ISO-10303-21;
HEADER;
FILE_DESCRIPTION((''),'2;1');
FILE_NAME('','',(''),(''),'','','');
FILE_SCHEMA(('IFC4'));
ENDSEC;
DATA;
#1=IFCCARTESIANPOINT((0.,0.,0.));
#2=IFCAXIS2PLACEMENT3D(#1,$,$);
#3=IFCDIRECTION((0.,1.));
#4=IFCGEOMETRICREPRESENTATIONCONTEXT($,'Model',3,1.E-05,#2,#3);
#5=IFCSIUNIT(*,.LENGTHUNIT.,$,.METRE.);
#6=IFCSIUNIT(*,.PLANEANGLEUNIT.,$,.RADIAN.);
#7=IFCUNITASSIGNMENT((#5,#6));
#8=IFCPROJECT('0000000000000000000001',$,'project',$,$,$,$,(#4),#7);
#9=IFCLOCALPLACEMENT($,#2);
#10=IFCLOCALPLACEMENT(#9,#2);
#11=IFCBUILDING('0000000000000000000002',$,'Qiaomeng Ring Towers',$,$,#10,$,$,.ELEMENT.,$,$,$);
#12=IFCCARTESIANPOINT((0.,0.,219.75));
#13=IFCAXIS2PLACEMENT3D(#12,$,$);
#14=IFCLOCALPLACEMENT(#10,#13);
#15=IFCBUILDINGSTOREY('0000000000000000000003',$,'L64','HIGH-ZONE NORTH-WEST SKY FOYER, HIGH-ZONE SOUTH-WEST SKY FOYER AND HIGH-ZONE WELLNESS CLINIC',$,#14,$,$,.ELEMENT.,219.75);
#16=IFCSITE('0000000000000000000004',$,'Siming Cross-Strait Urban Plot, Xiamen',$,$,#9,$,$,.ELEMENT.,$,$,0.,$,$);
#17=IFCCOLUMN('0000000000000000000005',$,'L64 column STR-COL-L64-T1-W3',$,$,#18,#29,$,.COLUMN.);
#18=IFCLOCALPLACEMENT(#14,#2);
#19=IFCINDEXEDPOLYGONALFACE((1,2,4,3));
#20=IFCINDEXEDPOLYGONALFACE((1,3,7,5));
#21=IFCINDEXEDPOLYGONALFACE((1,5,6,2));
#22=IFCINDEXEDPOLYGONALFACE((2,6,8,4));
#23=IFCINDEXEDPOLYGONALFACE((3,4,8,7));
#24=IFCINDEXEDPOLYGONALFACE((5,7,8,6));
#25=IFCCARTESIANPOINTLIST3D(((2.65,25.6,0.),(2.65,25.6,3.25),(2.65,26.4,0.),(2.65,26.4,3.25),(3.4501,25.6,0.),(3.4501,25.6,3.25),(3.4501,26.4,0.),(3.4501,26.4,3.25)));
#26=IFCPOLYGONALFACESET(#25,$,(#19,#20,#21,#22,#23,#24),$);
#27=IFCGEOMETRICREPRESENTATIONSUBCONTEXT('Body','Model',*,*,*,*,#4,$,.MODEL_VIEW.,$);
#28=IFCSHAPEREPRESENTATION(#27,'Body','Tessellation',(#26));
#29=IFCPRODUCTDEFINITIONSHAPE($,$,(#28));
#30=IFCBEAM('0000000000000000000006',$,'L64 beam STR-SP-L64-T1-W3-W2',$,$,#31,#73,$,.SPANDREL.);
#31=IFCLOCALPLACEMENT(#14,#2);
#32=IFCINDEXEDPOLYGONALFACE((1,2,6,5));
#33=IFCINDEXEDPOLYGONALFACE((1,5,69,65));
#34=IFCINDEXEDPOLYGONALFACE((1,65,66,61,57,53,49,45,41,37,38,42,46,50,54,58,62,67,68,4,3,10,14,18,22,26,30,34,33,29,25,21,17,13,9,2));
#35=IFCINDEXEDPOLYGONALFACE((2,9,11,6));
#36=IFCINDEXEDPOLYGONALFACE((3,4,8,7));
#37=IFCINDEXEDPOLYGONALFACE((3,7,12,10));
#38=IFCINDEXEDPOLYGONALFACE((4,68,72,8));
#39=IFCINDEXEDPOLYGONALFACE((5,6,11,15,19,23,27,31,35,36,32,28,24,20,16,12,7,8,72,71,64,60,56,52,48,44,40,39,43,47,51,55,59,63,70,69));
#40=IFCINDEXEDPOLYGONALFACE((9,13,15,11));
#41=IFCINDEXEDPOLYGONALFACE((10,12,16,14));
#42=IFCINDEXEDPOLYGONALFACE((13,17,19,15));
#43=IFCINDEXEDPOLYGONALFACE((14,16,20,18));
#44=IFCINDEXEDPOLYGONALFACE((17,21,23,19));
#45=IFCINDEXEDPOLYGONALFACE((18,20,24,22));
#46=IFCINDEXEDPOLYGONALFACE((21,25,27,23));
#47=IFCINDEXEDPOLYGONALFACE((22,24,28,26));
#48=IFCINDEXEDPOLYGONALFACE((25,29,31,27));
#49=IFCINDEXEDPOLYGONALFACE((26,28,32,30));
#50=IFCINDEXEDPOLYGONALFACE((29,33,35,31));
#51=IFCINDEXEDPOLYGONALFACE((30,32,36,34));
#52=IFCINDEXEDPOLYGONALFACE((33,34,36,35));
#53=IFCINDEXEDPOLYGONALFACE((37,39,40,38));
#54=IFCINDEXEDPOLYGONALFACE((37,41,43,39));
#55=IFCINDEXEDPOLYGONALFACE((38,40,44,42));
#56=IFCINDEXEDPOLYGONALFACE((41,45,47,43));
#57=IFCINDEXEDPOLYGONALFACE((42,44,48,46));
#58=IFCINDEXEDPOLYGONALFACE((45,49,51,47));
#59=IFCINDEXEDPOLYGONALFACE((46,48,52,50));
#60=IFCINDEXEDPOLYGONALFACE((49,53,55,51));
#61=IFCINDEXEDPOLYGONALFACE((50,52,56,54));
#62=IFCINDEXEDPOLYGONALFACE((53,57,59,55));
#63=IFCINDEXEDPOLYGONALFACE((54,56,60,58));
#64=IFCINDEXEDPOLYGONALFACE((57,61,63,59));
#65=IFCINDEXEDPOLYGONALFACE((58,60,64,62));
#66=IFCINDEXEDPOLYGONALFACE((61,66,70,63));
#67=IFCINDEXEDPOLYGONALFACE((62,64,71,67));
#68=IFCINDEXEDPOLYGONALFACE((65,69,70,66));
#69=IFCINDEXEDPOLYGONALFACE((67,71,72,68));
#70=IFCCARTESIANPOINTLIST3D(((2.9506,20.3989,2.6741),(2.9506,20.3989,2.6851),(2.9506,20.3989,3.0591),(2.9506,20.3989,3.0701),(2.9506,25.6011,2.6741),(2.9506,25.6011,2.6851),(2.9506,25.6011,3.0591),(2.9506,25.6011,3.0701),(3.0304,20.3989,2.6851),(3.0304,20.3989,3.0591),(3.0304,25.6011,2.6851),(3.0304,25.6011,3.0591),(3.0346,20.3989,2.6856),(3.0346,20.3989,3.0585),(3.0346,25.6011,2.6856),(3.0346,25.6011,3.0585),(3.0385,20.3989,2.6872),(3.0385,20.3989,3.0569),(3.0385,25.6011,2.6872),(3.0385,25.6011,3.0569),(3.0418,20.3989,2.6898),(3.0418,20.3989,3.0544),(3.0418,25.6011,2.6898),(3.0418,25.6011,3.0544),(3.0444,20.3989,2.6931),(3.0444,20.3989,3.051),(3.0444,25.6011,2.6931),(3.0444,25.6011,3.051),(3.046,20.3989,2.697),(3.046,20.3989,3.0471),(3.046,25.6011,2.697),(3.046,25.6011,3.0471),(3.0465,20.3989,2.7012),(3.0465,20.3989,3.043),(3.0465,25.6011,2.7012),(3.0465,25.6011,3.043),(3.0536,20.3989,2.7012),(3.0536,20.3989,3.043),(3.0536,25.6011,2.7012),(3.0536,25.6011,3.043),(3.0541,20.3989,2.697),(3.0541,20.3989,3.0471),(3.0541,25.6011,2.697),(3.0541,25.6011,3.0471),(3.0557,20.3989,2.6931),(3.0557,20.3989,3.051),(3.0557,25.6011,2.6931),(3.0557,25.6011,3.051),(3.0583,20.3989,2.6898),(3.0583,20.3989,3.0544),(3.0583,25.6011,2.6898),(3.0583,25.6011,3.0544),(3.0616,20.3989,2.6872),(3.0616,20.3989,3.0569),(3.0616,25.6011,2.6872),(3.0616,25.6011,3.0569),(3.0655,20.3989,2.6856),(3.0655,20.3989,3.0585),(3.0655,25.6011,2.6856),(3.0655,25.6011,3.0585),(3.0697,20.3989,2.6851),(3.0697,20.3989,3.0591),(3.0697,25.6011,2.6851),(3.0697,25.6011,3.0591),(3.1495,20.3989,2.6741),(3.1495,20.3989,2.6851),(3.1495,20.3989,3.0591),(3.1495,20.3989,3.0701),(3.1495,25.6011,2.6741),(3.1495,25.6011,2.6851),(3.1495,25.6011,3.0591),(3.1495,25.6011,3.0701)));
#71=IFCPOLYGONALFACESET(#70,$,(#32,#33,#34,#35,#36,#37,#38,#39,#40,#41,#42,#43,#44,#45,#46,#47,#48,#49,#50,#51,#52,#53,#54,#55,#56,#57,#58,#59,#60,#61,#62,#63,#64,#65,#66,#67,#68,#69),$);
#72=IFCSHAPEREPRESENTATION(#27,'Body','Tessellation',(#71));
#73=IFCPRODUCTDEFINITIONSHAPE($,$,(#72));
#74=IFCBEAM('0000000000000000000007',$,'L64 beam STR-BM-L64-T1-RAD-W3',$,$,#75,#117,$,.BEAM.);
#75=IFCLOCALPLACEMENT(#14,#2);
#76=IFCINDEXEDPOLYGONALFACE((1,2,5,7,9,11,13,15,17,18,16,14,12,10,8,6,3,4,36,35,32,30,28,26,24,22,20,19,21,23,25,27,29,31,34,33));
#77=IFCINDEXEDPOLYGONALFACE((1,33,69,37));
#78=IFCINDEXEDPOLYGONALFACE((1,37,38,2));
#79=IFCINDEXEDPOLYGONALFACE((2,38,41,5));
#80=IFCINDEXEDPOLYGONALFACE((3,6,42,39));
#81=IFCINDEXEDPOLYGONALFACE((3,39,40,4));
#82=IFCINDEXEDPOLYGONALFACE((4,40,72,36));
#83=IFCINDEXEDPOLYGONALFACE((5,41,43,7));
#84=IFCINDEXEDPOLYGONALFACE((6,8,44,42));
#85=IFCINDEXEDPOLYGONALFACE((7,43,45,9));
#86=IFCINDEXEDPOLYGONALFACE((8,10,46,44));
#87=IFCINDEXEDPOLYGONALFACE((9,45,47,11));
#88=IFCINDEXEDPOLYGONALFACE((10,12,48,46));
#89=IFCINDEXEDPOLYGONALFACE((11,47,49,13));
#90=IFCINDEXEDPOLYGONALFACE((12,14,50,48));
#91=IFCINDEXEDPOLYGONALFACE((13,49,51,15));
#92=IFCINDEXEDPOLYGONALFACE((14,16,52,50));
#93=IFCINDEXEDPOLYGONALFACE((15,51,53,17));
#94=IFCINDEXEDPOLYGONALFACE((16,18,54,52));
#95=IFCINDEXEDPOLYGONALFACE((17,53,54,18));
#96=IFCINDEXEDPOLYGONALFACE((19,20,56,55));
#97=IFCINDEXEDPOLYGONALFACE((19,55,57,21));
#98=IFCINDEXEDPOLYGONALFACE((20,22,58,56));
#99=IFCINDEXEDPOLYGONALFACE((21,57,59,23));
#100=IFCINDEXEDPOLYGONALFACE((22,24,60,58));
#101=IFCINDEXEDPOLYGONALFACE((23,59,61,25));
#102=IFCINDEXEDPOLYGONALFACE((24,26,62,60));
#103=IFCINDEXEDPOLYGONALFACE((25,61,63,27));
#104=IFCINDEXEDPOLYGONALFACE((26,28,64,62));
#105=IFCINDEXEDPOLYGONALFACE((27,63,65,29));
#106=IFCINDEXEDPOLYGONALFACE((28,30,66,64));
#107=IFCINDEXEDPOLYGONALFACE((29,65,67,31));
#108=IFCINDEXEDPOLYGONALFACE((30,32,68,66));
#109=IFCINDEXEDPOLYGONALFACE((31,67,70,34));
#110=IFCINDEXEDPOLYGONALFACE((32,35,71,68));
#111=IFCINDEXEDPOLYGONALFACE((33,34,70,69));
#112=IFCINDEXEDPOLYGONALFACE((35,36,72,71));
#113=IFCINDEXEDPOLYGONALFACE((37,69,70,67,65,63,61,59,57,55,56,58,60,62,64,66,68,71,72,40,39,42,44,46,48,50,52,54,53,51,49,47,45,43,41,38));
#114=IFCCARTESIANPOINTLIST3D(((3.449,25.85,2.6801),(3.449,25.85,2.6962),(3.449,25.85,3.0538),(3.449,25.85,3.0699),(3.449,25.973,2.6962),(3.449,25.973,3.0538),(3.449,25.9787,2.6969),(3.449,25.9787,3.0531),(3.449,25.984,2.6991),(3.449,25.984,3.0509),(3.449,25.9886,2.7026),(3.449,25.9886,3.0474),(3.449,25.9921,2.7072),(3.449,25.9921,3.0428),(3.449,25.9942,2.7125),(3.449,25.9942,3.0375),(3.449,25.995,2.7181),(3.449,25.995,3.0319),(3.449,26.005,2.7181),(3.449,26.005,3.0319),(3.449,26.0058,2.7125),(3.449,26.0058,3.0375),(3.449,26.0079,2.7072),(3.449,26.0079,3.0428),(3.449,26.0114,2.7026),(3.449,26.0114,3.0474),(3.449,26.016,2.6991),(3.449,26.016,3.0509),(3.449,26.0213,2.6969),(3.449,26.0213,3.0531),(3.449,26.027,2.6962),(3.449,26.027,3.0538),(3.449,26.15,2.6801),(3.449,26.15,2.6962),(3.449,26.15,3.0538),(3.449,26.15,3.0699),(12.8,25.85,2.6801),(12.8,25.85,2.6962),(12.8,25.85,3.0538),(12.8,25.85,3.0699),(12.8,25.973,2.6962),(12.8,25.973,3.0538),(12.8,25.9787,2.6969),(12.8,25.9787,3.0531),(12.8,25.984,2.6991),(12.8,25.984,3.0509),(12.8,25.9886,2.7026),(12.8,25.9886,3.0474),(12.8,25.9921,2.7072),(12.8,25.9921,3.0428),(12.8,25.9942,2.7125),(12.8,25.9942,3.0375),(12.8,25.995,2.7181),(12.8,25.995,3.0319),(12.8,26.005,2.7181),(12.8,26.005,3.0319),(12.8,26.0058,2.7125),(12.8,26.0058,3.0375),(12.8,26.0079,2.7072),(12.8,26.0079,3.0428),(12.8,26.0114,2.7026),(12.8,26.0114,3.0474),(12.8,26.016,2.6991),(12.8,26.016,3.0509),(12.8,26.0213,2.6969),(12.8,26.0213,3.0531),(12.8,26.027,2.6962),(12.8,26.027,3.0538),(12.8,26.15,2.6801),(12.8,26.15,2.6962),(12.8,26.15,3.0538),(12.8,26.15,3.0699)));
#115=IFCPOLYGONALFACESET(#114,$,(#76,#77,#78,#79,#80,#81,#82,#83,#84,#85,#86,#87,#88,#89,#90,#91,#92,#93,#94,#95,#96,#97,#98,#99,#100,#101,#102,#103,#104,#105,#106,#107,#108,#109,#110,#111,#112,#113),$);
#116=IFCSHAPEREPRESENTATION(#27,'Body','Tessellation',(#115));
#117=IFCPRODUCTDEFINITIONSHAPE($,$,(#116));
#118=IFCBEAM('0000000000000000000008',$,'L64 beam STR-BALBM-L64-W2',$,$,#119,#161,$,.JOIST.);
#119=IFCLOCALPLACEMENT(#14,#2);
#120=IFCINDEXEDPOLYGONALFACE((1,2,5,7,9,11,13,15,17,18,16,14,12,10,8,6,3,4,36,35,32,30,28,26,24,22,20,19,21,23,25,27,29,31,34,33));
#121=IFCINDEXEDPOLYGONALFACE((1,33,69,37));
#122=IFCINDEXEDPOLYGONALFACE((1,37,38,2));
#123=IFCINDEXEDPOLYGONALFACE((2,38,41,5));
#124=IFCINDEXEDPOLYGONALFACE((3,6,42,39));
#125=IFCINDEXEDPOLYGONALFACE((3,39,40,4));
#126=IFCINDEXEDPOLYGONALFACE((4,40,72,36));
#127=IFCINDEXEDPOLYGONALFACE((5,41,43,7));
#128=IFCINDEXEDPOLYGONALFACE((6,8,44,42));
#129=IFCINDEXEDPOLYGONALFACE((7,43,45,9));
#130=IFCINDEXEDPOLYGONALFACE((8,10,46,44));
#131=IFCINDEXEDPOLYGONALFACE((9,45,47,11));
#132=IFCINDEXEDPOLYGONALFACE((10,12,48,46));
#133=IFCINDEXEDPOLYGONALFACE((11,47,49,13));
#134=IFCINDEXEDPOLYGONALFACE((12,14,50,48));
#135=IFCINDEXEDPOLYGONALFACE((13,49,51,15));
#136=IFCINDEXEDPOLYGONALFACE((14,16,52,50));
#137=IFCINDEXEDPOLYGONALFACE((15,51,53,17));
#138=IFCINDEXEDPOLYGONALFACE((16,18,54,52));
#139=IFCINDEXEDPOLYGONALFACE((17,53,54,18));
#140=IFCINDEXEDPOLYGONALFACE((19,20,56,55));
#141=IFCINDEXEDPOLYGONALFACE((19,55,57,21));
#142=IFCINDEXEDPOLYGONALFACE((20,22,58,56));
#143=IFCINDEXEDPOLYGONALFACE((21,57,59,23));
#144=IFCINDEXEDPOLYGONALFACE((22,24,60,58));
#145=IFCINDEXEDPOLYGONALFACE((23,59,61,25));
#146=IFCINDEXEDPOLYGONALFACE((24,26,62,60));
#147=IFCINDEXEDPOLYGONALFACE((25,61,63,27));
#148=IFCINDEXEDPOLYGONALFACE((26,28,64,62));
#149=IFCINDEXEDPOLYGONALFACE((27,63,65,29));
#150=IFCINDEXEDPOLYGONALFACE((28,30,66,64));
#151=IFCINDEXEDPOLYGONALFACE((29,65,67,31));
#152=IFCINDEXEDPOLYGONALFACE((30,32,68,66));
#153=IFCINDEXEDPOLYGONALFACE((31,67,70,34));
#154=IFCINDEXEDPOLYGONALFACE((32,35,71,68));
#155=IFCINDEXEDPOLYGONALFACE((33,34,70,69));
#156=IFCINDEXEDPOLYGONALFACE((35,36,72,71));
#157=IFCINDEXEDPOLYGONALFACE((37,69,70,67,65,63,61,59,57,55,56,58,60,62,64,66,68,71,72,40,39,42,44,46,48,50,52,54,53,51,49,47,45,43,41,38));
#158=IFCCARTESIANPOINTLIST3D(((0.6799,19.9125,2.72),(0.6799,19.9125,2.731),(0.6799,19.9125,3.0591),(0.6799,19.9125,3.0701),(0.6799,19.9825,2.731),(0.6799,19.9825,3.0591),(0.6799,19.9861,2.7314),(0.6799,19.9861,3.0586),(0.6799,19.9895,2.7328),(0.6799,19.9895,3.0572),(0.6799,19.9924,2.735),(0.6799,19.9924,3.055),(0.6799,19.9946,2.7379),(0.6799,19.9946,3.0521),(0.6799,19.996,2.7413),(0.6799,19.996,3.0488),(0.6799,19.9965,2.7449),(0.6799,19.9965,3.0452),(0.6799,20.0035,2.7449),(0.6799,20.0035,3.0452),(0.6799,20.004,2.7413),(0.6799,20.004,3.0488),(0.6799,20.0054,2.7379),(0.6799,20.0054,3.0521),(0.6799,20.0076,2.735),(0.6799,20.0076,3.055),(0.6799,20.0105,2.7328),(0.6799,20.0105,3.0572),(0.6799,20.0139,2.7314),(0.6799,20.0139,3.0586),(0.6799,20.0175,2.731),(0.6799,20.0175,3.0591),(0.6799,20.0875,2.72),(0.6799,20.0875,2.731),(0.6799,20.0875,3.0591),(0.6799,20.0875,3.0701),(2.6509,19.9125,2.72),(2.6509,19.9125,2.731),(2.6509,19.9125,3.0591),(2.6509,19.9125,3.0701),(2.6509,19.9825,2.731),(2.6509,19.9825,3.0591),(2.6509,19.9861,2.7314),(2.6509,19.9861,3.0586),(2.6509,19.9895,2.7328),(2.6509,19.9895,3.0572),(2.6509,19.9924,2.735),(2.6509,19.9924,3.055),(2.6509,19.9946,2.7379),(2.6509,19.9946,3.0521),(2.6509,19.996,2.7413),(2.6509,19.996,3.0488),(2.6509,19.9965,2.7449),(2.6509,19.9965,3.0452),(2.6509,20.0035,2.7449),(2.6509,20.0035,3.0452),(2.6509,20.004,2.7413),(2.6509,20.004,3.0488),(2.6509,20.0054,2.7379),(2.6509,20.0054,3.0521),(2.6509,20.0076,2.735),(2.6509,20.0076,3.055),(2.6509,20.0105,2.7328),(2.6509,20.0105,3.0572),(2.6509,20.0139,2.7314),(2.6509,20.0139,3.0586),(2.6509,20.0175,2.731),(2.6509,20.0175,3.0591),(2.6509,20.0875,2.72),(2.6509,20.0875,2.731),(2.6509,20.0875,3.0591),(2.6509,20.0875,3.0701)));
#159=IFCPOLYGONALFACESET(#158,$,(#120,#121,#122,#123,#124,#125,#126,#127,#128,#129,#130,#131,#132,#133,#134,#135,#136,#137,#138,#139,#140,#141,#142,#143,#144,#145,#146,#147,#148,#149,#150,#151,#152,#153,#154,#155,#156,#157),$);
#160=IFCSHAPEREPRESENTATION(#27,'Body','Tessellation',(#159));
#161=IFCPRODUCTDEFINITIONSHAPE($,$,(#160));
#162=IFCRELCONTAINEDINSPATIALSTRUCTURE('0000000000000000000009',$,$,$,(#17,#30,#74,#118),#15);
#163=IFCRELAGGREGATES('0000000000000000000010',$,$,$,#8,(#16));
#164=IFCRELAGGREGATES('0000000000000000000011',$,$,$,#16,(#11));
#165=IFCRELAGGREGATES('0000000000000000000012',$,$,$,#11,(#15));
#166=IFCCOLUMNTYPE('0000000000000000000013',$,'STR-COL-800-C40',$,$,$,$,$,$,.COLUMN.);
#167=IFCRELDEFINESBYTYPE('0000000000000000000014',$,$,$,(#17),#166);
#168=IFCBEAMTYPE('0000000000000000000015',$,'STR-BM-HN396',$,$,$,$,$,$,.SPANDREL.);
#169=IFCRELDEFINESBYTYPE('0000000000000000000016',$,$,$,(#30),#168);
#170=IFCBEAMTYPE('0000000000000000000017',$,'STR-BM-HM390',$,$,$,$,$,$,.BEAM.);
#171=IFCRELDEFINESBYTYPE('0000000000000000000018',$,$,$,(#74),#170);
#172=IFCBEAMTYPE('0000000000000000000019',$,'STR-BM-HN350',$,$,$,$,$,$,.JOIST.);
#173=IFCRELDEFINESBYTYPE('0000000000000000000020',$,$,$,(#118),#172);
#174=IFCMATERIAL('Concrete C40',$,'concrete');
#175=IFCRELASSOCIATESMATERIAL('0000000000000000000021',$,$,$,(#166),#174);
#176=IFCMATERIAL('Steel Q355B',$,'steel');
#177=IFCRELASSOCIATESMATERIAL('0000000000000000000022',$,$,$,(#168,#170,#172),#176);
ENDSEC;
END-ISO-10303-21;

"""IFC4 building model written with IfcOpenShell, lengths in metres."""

from ifc_helpers import new_model, si_unit, direction, frame, origin, origin_2d, place, context, subcontext, project, spatial, rectangle, i_section, extrude, source, transform, mapped, material, material_profile, profile_set, type_object, element, save


model = new_model("IFC4")

# Units and contexts
model_context = context("Model", 3, precision=1e-05, world=origin(), true_north=direction((0.0, 1.0)))
body_context = subcontext(model_context, "Body", "Model", "MODEL_VIEW")
ifc_project = project(units=[si_unit("LENGTHUNIT", "METRE"), si_unit("PLANEANGLEUNIT", "RADIAN")], contexts=[model_context])

# Site, building, storey
site_placement = place(None, origin())
site = spatial("IfcSite", under=ifc_project, at=site_placement, Name="Siming Cross-Strait Urban Plot, Xiamen", CompositionType="ELEMENT", RefElevation=0.0)
building_placement = place(site_placement, origin())
building = spatial("IfcBuilding", under=site, at=building_placement, Name="Qiaomeng Ring Towers", CompositionType="ELEMENT")
storey_placement = place(building_placement, frame((0.0, 0.0, 219.75)))
storey = spatial("IfcBuildingStorey", under=building, at=storey_placement, Name="L64", Description="HIGH-ZONE NORTH-WEST SKY FOYER, HIGH-ZONE SOUTH-WEST SKY FOYER AND HIGH-ZONE WELLNESS CLINIC", CompositionType="ELEMENT", Elevation=219.75)

# Column
ifc_material_1 = material(Name="Concrete C40", Category="concrete")
ifc_material_profile_1 = material_profile(ifc_material_1, rectangle(XDim=0.8, YDim=0.8, at=origin_2d()), Name="RC COL 800x800")
ifc_profile_set_1 = profile_set([ifc_material_profile_1], Name="Concrete C40")
column_type = type_object("IfcColumnType", Name="STR-COL-800-C40", PredefinedType="COLUMN", material=ifc_profile_set_1)
shared_shape_1 = source(origin(), body_context, "Body", "SweptSolid", [
    extrude(rectangle(XDim=0.8, YDim=0.8, at=origin_2d()), origin(), (0.0, 0.0, 1.0), 3.25),
])
column_placement = place(storey_placement, frame((3.05, 26.0, 0.0), z_axis=(0.0, 0.0, 1.0), x_axis=(1.0, 0.0, 0.0)))
element("IfcColumn", 1, at=column_placement, inside=storey, type_object=column_type, Name="L64 column STR-COL-L64-T1-W3", PredefinedType="COLUMN", context=body_context, shape_type="MappedRepresentation", body=[
    mapped(shared_shape_1, transform((0.0, 0.0, 0.0), x_axis=(1.0, 0.0, 0.0), y_axis=(0.0, 1.0, 0.0), z_axis=(0.0, 0.0, 1.0), scale=1.0)),
])

# Beams
ifc_material_2 = material(Name="Steel Q355B", Category="steel")
ifc_material_profile_2 = material_profile(ifc_material_2, i_section(OverallWidth=0.199, OverallDepth=0.396, WebThickness=0.0071, FlangeThickness=0.011, FilletRadius=0.0161, at=origin_2d()), Name="HN 396x199x7x11")
ifc_profile_set_2 = profile_set([ifc_material_profile_2], Name="Steel Q355B")
beam_type_1 = type_object("IfcBeamType", Name="STR-BM-HN396", PredefinedType="SPANDREL", material=ifc_profile_set_2)
shared_shape_2 = source(origin(), body_context, "Body", "SweptSolid", [
    extrude(i_section(OverallWidth=0.199, OverallDepth=0.396, WebThickness=0.0071, FlangeThickness=0.011, FilletRadius=0.0161, at=origin_2d()), origin(), (0.0, 0.0, 1.0), 5.2021),
])
beam_1_placement = place(storey_placement, frame((3.05, 25.6011, 2.8721), z_axis=(0.0, -1.0, 0.0), x_axis=(1.0, 0.0, 0.0)))
element("IfcBeam", 2, at=beam_1_placement, inside=storey, type_object=beam_type_1, Name="L64 beam STR-SP-L64-T1-W3-W2", PredefinedType="SPANDREL", context=body_context, shape_type="MappedRepresentation", body=[
    mapped(shared_shape_2, transform((0.0, 0.0, 0.0), x_axis=(1.0, 0.0, 0.0), y_axis=(0.0, 1.0, 0.0), z_axis=(0.0, 0.0, 1.0), scale=1.0)),
])
ifc_material_profile_3 = material_profile(ifc_material_2, i_section(OverallWidth=0.3, OverallDepth=0.3899, WebThickness=0.01, FlangeThickness=0.0161, FilletRadius=0.022, at=origin_2d()), Name="HM 390x300x10x16")
ifc_profile_set_3 = profile_set([ifc_material_profile_3], Name="Steel Q355B")
beam_type_2 = type_object("IfcBeamType", Name="STR-BM-HM390", PredefinedType="BEAM", material=ifc_profile_set_3)
shared_shape_3 = source(origin(), body_context, "Body", "SweptSolid", [
    extrude(i_section(OverallWidth=0.3, OverallDepth=0.3899, WebThickness=0.01, FlangeThickness=0.0161, FilletRadius=0.022, at=origin_2d()), origin(), (0.0, 0.0, 1.0), 9.3511),
])
beam_2_placement = place(storey_placement, frame((3.449, 26.0, 2.875), z_axis=(1.0, 0.0, 0.0), x_axis=(0.0, 1.0, 0.0)))
element("IfcBeam", 3, at=beam_2_placement, inside=storey, type_object=beam_type_2, Name="L64 beam STR-BM-L64-T1-RAD-W3", PredefinedType="BEAM", context=body_context, shape_type="MappedRepresentation", body=[
    mapped(shared_shape_3, transform((0.0, 0.0, 0.0), x_axis=(1.0, 0.0, 0.0), y_axis=(0.0, 1.0, 0.0), z_axis=(0.0, 0.0, 1.0), scale=1.0)),
])
ifc_material_profile_4 = material_profile(ifc_material_2, i_section(OverallWidth=0.175, OverallDepth=0.3501, WebThickness=0.0071, FlangeThickness=0.011, FilletRadius=0.0139, at=origin_2d()), Name="HN 350x175x7x11")
ifc_profile_set_4 = profile_set([ifc_material_profile_4], Name="Steel Q355B")
beam_type_3 = type_object("IfcBeamType", Name="STR-BM-HN350", PredefinedType="JOIST", material=ifc_profile_set_4)
shared_shape_4 = source(origin(), body_context, "Body", "SweptSolid", [
    extrude(i_section(OverallWidth=0.175, OverallDepth=0.3501, WebThickness=0.0071, FlangeThickness=0.011, FilletRadius=0.0139, at=origin_2d()), origin(), (0.0, 0.0, 1.0), 1.9709),
])
for number, where, z_axis, x_axis, name in (
    (4, (0.6799, 20.0, 2.895), (1.0, 0.0, 0.0), (0.0, 1.0, 0.0), "L64 beam STR-BALBM-L64-W2"),
):
    element("IfcBeam", number, at=place(storey_placement, frame(where, z_axis=z_axis, x_axis=x_axis)), inside=storey, type_object=beam_type_3, Name=name, PredefinedType="JOIST", context=body_context, shape_type="MappedRepresentation", body=[
        mapped(shared_shape_4, transform((0.0, 0.0, 0.0), x_axis=(1.0, 0.0, 0.0), y_axis=(0.0, 1.0, 0.0), z_axis=(0.0, 0.0, 1.0), scale=1.0)),
    ])

save(model, "model.ifc")
